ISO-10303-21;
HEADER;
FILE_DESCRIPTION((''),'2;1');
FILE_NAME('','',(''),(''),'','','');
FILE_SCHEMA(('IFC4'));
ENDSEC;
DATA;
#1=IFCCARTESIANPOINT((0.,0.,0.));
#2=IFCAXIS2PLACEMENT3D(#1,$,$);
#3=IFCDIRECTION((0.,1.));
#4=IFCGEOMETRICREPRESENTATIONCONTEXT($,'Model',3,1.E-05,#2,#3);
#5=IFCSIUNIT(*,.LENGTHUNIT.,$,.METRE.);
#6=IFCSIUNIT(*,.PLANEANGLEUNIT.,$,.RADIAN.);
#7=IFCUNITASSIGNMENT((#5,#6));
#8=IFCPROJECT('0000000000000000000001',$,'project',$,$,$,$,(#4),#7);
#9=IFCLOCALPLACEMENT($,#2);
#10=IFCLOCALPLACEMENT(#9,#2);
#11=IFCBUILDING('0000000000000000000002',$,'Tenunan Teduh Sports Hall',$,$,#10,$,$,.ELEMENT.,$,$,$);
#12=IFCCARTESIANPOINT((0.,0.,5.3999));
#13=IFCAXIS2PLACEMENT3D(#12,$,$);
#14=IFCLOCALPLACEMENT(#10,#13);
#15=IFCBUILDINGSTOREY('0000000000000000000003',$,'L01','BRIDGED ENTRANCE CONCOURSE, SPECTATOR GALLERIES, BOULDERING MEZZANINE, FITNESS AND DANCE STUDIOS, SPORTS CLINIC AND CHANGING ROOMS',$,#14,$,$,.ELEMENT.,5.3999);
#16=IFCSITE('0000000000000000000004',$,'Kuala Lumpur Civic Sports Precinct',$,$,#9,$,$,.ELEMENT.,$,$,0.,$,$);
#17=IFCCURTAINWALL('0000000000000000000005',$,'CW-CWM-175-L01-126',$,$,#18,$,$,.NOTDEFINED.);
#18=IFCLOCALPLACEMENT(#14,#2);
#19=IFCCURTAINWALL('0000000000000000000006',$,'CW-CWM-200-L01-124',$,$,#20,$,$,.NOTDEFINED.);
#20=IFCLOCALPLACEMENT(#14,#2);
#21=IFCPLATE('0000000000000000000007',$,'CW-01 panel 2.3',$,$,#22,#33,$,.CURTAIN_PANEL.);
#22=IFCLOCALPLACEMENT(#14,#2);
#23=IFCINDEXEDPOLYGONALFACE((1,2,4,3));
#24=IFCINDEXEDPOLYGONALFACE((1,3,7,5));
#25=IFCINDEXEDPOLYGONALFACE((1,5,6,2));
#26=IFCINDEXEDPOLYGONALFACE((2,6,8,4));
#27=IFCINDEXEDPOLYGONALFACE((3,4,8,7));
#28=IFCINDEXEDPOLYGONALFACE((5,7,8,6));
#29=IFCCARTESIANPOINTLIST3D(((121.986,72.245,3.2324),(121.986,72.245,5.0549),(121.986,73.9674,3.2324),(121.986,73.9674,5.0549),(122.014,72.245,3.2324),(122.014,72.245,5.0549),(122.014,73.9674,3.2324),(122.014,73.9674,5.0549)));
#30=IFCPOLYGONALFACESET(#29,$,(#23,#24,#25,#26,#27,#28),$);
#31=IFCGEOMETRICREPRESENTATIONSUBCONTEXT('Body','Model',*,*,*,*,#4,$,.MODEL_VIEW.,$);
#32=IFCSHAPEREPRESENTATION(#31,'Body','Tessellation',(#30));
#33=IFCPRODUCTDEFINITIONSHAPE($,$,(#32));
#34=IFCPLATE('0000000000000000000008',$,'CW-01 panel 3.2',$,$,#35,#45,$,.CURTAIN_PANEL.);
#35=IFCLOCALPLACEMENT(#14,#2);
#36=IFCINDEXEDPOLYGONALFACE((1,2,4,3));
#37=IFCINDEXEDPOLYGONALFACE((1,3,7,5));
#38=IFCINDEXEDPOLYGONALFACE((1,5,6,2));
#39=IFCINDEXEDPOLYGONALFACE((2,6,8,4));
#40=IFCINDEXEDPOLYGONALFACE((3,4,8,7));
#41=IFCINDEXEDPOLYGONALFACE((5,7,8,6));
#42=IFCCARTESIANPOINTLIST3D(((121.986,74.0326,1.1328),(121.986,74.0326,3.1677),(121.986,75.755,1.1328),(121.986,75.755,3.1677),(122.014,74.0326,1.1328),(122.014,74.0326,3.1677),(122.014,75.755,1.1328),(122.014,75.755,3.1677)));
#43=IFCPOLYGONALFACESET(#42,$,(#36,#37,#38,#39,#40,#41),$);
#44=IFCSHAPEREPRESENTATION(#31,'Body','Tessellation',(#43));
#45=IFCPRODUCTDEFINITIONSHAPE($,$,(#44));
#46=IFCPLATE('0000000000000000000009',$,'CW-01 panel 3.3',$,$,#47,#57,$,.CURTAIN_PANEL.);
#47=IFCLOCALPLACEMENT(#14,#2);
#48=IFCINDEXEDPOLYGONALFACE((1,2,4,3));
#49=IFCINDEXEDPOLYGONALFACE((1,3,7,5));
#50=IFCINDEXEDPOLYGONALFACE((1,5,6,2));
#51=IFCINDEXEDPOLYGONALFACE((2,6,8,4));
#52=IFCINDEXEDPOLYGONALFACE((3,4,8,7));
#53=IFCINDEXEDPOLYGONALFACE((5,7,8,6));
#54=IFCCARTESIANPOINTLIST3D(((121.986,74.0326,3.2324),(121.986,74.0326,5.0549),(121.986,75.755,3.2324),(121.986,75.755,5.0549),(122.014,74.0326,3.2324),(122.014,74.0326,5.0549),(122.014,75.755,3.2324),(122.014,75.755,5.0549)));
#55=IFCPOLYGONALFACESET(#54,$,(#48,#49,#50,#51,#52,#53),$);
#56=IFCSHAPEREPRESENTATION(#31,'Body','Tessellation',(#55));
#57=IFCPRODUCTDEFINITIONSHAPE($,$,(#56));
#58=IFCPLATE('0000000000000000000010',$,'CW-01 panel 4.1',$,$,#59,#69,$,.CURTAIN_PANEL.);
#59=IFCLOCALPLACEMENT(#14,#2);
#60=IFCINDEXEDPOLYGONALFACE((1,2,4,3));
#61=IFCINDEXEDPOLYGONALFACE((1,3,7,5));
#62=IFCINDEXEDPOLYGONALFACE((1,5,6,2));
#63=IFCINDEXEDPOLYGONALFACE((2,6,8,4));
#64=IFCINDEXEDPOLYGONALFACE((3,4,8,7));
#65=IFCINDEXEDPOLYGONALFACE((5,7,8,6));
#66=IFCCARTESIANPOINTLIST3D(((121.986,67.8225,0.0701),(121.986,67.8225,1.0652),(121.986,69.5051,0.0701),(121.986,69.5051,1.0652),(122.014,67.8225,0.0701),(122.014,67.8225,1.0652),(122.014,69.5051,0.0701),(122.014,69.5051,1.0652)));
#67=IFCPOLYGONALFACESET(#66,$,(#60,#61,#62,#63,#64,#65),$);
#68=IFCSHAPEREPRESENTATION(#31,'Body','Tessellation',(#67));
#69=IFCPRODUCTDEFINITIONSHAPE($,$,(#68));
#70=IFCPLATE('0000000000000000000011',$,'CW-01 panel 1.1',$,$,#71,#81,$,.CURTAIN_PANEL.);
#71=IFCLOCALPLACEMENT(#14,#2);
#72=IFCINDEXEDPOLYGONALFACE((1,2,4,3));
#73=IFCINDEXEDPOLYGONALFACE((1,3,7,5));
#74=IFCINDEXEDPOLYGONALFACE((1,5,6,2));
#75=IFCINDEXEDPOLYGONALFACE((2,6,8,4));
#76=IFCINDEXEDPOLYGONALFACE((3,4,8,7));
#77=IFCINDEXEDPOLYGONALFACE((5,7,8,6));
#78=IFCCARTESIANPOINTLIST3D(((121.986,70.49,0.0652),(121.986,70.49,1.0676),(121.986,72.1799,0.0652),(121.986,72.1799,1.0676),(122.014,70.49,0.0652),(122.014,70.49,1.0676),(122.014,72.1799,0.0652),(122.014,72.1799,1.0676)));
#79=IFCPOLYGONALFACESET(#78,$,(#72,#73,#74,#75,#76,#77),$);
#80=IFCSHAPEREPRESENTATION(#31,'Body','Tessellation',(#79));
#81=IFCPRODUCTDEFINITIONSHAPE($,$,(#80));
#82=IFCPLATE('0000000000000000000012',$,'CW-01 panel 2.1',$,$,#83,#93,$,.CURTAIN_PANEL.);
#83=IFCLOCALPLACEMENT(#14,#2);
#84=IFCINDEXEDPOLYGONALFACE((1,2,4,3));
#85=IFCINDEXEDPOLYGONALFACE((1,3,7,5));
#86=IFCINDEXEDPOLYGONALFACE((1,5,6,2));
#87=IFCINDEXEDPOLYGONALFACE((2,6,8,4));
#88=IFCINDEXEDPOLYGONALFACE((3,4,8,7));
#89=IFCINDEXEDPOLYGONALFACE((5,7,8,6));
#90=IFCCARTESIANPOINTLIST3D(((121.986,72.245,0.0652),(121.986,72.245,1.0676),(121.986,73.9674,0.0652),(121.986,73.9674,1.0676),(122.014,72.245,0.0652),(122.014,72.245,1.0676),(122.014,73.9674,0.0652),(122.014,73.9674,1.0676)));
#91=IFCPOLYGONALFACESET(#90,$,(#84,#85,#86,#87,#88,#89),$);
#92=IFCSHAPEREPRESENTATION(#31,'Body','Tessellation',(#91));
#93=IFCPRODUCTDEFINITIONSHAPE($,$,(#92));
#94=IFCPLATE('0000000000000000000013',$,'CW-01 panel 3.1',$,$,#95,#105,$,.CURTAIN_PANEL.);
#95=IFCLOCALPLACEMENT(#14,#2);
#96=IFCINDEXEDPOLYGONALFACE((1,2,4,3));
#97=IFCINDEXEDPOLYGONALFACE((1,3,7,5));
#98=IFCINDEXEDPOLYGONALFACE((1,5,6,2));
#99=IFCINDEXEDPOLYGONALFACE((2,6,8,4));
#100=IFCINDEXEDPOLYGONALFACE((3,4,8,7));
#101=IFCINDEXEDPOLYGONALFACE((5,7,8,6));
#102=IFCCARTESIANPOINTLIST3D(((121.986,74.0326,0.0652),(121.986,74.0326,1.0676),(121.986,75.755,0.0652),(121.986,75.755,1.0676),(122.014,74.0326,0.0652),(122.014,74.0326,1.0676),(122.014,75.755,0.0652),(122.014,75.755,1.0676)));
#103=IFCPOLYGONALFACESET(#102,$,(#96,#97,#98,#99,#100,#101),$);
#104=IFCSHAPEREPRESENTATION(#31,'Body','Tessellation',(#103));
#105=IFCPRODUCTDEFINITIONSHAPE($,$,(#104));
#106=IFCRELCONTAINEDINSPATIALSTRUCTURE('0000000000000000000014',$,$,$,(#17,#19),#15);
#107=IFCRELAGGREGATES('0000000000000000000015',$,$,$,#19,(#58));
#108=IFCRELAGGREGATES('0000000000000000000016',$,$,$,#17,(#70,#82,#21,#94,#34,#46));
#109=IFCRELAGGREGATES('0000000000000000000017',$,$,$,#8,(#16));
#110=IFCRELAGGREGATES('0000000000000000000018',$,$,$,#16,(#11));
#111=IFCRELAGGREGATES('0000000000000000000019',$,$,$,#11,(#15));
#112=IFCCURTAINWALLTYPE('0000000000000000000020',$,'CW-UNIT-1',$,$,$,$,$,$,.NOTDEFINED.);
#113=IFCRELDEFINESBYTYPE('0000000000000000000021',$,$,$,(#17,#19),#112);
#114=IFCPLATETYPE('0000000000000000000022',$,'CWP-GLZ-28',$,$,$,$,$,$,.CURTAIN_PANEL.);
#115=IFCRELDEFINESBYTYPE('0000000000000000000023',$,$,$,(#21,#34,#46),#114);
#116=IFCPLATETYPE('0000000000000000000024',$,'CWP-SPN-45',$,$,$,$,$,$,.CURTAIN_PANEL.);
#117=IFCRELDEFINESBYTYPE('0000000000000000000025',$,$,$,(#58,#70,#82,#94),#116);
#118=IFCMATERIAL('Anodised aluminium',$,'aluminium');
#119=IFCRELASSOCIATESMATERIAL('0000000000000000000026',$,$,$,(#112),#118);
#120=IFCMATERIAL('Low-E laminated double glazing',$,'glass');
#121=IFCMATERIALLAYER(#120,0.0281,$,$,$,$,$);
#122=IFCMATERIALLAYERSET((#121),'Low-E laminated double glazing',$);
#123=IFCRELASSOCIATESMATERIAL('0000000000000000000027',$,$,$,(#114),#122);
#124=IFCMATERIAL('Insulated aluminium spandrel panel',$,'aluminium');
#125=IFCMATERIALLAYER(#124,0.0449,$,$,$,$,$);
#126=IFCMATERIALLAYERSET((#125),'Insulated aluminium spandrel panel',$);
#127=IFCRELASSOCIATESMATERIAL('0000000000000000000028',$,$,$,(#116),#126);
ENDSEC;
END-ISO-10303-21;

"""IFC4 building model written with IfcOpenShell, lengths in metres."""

from ifc_helpers import new_model, si_unit, direction, frame, origin, origin_2d, place, context, subcontext, project, spatial, rectangle, extrude, material, layer, layer_set, type_object, element, aggregate, save


model = new_model("IFC4")

# Units and contexts
model_context = context("Model", 3, precision=1e-05, world=origin(), true_north=direction((0.0, 1.0)))
body_context = subcontext(model_context, "Body", "Model", "MODEL_VIEW")
ifc_project = project(units=[si_unit("LENGTHUNIT", "METRE"), si_unit("PLANEANGLEUNIT", "RADIAN")], contexts=[model_context])

# Site, building, storey
site_placement = place(None, origin())
site = spatial("IfcSite", under=ifc_project, at=site_placement, Name="Kuala Lumpur Civic Sports Precinct", CompositionType="ELEMENT", RefElevation=0.0)
building_placement = place(site_placement, origin())
building = spatial("IfcBuilding", under=site, at=building_placement, Name="Tenunan Teduh Sports Hall", CompositionType="ELEMENT")
storey_placement = place(building_placement, frame((0.0, 0.0, 5.3999)))
storey = spatial("IfcBuildingStorey", under=building, at=storey_placement, Name="L01", Description="BRIDGED ENTRANCE CONCOURSE, SPECTATOR GALLERIES, BOULDERING MEZZANINE, FITNESS AND DANCE STUDIOS, SPORTS CLINIC AND CHANGING ROOMS", CompositionType="ELEMENT", Elevation=5.3999)

# Curtain wall
ifc_material_1 = material(Name="Anodised aluminium", Category="aluminium")
curtain_wall_type = type_object("IfcCurtainWallType", Name="CW-UNIT-1", PredefinedType="NOTDEFINED", material=ifc_material_1)
curtain_wall_1_placement = place(storey_placement, origin())
curtain_wall_1 = element("IfcCurtainWall", 1, at=curtain_wall_1_placement, inside=storey, type_object=curtain_wall_type, Name="CW-CWM-175-L01-126", PredefinedType="NOTDEFINED")

# Curtain wall
curtain_wall_2_placement = place(storey_placement, origin())
curtain_wall_2 = element("IfcCurtainWall", 2, at=curtain_wall_2_placement, inside=storey, type_object=curtain_wall_type, Name="CW-CWM-200-L01-124", PredefinedType="NOTDEFINED")

# Plates
ifc_material_2 = material(Name="Low-E laminated double glazing", Category="glass")
ifc_layer_1 = layer(ifc_material_2, 0.0281)
ifc_layer_set_1 = layer_set([ifc_layer_1], Name="Low-E laminated double glazing")
plate_type_1 = type_object("IfcPlateType", Name="CWP-GLZ-28", PredefinedType="CURTAIN_PANEL", material=ifc_layer_set_1)
plate_1_placement = place(storey_placement, frame((122.0, 73.1062, 3.2324), z_axis=(0.0, 0.0, 1.0), x_axis=(0.0, 1.0, 0.0)))
plate_1 = element("IfcPlate", 3, at=plate_1_placement, type_object=plate_type_1, Name="CW-01 panel 2.3", PredefinedType="CURTAIN_PANEL", context=body_context, shape_type="SweptSolid", body=[
    extrude(rectangle(XDim=1.7224, YDim=0.0281, at=origin_2d()), origin(), (0.0, 0.0, 1.0), 1.8225),
])
plate_2_placement = place(storey_placement, frame((122.0, 74.8938, 1.1328), z_axis=(0.0, 0.0, 1.0), x_axis=(0.0, 1.0, 0.0)))
plate_2 = element("IfcPlate", 4, at=plate_2_placement, type_object=plate_type_1, Name="CW-01 panel 3.2", PredefinedType="CURTAIN_PANEL", context=body_context, shape_type="SweptSolid", body=[
    extrude(rectangle(XDim=1.7224, YDim=0.0281, at=origin_2d()), origin(), (0.0, 0.0, 1.0), 2.0349),
])
plate_3_placement = place(storey_placement, frame((122.0, 74.8938, 3.2324), z_axis=(0.0, 0.0, 1.0), x_axis=(0.0, 1.0, 0.0)))
plate_3 = element("IfcPlate", 5, at=plate_3_placement, type_object=plate_type_1, Name="CW-01 panel 3.3", PredefinedType="CURTAIN_PANEL", context=body_context, shape_type="SweptSolid", body=[
    extrude(rectangle(XDim=1.7224, YDim=0.0281, at=origin_2d()), origin(), (0.0, 0.0, 1.0), 1.8225),
])
ifc_material_3 = material(Name="Insulated aluminium spandrel panel", Category="aluminium")
ifc_layer_2 = layer(ifc_material_3, 0.0449)
ifc_layer_set_2 = layer_set([ifc_layer_2], Name="Insulated aluminium spandrel panel")
plate_type_2 = type_object("IfcPlateType", Name="CWP-SPN-45", PredefinedType="CURTAIN_PANEL", material=ifc_layer_set_2)
plate_4_placement = place(storey_placement, frame((122.0, 68.6638, 0.0701), z_axis=(0.0, 0.0, 1.0), x_axis=(0.0, 1.0, 0.0)))
plate_4 = element("IfcPlate", 6, at=plate_4_placement, type_object=plate_type_2, Name="CW-01 panel 4.1", PredefinedType="CURTAIN_PANEL", context=body_context, shape_type="SweptSolid", body=[
    extrude(rectangle(XDim=1.6826, YDim=0.0281, at=origin_2d()), origin(), (0.0, 0.0, 1.0), 0.9951),
])
aggregate(curtain_wall_2, [plate_4])
plate_5_placement = place(storey_placement, frame((122.0, 71.335, 0.0652), z_axis=(0.0, 0.0, 1.0), x_axis=(0.0, 1.0, 0.0)))
plate_5 = element("IfcPlate", 7, at=plate_5_placement, type_object=plate_type_2, Name="CW-01 panel 1.1", PredefinedType="CURTAIN_PANEL", context=body_context, shape_type="SweptSolid", body=[
    extrude(rectangle(XDim=1.6899, YDim=0.0281, at=origin_2d()), origin(), (0.0, 0.0, 1.0), 1.0024),
])
plate_6_placement = place(storey_placement, frame((122.0, 73.1062, 0.0652), z_axis=(0.0, 0.0, 1.0), x_axis=(0.0, 1.0, 0.0)))
plate_6 = element("IfcPlate", 8, at=plate_6_placement, type_object=plate_type_2, Name="CW-01 panel 2.1", PredefinedType="CURTAIN_PANEL", context=body_context, shape_type="SweptSolid", body=[
    extrude(rectangle(XDim=1.7224, YDim=0.0281, at=origin_2d()), origin(), (0.0, 0.0, 1.0), 1.0024),
])
plate_7_placement = place(storey_placement, frame((122.0, 74.8938, 0.0652), z_axis=(0.0, 0.0, 1.0), x_axis=(0.0, 1.0, 0.0)))
plate_7 = element("IfcPlate", 9, at=plate_7_placement, type_object=plate_type_2, Name="CW-01 panel 3.1", PredefinedType="CURTAIN_PANEL", context=body_context, shape_type="SweptSolid", body=[
    extrude(rectangle(XDim=1.7224, YDim=0.0281, at=origin_2d()), origin(), (0.0, 0.0, 1.0), 1.0024),
])
aggregate(curtain_wall_1, [plate_5, plate_6, plate_1, plate_7, plate_2, plate_3])

save(model, "model.ifc")
